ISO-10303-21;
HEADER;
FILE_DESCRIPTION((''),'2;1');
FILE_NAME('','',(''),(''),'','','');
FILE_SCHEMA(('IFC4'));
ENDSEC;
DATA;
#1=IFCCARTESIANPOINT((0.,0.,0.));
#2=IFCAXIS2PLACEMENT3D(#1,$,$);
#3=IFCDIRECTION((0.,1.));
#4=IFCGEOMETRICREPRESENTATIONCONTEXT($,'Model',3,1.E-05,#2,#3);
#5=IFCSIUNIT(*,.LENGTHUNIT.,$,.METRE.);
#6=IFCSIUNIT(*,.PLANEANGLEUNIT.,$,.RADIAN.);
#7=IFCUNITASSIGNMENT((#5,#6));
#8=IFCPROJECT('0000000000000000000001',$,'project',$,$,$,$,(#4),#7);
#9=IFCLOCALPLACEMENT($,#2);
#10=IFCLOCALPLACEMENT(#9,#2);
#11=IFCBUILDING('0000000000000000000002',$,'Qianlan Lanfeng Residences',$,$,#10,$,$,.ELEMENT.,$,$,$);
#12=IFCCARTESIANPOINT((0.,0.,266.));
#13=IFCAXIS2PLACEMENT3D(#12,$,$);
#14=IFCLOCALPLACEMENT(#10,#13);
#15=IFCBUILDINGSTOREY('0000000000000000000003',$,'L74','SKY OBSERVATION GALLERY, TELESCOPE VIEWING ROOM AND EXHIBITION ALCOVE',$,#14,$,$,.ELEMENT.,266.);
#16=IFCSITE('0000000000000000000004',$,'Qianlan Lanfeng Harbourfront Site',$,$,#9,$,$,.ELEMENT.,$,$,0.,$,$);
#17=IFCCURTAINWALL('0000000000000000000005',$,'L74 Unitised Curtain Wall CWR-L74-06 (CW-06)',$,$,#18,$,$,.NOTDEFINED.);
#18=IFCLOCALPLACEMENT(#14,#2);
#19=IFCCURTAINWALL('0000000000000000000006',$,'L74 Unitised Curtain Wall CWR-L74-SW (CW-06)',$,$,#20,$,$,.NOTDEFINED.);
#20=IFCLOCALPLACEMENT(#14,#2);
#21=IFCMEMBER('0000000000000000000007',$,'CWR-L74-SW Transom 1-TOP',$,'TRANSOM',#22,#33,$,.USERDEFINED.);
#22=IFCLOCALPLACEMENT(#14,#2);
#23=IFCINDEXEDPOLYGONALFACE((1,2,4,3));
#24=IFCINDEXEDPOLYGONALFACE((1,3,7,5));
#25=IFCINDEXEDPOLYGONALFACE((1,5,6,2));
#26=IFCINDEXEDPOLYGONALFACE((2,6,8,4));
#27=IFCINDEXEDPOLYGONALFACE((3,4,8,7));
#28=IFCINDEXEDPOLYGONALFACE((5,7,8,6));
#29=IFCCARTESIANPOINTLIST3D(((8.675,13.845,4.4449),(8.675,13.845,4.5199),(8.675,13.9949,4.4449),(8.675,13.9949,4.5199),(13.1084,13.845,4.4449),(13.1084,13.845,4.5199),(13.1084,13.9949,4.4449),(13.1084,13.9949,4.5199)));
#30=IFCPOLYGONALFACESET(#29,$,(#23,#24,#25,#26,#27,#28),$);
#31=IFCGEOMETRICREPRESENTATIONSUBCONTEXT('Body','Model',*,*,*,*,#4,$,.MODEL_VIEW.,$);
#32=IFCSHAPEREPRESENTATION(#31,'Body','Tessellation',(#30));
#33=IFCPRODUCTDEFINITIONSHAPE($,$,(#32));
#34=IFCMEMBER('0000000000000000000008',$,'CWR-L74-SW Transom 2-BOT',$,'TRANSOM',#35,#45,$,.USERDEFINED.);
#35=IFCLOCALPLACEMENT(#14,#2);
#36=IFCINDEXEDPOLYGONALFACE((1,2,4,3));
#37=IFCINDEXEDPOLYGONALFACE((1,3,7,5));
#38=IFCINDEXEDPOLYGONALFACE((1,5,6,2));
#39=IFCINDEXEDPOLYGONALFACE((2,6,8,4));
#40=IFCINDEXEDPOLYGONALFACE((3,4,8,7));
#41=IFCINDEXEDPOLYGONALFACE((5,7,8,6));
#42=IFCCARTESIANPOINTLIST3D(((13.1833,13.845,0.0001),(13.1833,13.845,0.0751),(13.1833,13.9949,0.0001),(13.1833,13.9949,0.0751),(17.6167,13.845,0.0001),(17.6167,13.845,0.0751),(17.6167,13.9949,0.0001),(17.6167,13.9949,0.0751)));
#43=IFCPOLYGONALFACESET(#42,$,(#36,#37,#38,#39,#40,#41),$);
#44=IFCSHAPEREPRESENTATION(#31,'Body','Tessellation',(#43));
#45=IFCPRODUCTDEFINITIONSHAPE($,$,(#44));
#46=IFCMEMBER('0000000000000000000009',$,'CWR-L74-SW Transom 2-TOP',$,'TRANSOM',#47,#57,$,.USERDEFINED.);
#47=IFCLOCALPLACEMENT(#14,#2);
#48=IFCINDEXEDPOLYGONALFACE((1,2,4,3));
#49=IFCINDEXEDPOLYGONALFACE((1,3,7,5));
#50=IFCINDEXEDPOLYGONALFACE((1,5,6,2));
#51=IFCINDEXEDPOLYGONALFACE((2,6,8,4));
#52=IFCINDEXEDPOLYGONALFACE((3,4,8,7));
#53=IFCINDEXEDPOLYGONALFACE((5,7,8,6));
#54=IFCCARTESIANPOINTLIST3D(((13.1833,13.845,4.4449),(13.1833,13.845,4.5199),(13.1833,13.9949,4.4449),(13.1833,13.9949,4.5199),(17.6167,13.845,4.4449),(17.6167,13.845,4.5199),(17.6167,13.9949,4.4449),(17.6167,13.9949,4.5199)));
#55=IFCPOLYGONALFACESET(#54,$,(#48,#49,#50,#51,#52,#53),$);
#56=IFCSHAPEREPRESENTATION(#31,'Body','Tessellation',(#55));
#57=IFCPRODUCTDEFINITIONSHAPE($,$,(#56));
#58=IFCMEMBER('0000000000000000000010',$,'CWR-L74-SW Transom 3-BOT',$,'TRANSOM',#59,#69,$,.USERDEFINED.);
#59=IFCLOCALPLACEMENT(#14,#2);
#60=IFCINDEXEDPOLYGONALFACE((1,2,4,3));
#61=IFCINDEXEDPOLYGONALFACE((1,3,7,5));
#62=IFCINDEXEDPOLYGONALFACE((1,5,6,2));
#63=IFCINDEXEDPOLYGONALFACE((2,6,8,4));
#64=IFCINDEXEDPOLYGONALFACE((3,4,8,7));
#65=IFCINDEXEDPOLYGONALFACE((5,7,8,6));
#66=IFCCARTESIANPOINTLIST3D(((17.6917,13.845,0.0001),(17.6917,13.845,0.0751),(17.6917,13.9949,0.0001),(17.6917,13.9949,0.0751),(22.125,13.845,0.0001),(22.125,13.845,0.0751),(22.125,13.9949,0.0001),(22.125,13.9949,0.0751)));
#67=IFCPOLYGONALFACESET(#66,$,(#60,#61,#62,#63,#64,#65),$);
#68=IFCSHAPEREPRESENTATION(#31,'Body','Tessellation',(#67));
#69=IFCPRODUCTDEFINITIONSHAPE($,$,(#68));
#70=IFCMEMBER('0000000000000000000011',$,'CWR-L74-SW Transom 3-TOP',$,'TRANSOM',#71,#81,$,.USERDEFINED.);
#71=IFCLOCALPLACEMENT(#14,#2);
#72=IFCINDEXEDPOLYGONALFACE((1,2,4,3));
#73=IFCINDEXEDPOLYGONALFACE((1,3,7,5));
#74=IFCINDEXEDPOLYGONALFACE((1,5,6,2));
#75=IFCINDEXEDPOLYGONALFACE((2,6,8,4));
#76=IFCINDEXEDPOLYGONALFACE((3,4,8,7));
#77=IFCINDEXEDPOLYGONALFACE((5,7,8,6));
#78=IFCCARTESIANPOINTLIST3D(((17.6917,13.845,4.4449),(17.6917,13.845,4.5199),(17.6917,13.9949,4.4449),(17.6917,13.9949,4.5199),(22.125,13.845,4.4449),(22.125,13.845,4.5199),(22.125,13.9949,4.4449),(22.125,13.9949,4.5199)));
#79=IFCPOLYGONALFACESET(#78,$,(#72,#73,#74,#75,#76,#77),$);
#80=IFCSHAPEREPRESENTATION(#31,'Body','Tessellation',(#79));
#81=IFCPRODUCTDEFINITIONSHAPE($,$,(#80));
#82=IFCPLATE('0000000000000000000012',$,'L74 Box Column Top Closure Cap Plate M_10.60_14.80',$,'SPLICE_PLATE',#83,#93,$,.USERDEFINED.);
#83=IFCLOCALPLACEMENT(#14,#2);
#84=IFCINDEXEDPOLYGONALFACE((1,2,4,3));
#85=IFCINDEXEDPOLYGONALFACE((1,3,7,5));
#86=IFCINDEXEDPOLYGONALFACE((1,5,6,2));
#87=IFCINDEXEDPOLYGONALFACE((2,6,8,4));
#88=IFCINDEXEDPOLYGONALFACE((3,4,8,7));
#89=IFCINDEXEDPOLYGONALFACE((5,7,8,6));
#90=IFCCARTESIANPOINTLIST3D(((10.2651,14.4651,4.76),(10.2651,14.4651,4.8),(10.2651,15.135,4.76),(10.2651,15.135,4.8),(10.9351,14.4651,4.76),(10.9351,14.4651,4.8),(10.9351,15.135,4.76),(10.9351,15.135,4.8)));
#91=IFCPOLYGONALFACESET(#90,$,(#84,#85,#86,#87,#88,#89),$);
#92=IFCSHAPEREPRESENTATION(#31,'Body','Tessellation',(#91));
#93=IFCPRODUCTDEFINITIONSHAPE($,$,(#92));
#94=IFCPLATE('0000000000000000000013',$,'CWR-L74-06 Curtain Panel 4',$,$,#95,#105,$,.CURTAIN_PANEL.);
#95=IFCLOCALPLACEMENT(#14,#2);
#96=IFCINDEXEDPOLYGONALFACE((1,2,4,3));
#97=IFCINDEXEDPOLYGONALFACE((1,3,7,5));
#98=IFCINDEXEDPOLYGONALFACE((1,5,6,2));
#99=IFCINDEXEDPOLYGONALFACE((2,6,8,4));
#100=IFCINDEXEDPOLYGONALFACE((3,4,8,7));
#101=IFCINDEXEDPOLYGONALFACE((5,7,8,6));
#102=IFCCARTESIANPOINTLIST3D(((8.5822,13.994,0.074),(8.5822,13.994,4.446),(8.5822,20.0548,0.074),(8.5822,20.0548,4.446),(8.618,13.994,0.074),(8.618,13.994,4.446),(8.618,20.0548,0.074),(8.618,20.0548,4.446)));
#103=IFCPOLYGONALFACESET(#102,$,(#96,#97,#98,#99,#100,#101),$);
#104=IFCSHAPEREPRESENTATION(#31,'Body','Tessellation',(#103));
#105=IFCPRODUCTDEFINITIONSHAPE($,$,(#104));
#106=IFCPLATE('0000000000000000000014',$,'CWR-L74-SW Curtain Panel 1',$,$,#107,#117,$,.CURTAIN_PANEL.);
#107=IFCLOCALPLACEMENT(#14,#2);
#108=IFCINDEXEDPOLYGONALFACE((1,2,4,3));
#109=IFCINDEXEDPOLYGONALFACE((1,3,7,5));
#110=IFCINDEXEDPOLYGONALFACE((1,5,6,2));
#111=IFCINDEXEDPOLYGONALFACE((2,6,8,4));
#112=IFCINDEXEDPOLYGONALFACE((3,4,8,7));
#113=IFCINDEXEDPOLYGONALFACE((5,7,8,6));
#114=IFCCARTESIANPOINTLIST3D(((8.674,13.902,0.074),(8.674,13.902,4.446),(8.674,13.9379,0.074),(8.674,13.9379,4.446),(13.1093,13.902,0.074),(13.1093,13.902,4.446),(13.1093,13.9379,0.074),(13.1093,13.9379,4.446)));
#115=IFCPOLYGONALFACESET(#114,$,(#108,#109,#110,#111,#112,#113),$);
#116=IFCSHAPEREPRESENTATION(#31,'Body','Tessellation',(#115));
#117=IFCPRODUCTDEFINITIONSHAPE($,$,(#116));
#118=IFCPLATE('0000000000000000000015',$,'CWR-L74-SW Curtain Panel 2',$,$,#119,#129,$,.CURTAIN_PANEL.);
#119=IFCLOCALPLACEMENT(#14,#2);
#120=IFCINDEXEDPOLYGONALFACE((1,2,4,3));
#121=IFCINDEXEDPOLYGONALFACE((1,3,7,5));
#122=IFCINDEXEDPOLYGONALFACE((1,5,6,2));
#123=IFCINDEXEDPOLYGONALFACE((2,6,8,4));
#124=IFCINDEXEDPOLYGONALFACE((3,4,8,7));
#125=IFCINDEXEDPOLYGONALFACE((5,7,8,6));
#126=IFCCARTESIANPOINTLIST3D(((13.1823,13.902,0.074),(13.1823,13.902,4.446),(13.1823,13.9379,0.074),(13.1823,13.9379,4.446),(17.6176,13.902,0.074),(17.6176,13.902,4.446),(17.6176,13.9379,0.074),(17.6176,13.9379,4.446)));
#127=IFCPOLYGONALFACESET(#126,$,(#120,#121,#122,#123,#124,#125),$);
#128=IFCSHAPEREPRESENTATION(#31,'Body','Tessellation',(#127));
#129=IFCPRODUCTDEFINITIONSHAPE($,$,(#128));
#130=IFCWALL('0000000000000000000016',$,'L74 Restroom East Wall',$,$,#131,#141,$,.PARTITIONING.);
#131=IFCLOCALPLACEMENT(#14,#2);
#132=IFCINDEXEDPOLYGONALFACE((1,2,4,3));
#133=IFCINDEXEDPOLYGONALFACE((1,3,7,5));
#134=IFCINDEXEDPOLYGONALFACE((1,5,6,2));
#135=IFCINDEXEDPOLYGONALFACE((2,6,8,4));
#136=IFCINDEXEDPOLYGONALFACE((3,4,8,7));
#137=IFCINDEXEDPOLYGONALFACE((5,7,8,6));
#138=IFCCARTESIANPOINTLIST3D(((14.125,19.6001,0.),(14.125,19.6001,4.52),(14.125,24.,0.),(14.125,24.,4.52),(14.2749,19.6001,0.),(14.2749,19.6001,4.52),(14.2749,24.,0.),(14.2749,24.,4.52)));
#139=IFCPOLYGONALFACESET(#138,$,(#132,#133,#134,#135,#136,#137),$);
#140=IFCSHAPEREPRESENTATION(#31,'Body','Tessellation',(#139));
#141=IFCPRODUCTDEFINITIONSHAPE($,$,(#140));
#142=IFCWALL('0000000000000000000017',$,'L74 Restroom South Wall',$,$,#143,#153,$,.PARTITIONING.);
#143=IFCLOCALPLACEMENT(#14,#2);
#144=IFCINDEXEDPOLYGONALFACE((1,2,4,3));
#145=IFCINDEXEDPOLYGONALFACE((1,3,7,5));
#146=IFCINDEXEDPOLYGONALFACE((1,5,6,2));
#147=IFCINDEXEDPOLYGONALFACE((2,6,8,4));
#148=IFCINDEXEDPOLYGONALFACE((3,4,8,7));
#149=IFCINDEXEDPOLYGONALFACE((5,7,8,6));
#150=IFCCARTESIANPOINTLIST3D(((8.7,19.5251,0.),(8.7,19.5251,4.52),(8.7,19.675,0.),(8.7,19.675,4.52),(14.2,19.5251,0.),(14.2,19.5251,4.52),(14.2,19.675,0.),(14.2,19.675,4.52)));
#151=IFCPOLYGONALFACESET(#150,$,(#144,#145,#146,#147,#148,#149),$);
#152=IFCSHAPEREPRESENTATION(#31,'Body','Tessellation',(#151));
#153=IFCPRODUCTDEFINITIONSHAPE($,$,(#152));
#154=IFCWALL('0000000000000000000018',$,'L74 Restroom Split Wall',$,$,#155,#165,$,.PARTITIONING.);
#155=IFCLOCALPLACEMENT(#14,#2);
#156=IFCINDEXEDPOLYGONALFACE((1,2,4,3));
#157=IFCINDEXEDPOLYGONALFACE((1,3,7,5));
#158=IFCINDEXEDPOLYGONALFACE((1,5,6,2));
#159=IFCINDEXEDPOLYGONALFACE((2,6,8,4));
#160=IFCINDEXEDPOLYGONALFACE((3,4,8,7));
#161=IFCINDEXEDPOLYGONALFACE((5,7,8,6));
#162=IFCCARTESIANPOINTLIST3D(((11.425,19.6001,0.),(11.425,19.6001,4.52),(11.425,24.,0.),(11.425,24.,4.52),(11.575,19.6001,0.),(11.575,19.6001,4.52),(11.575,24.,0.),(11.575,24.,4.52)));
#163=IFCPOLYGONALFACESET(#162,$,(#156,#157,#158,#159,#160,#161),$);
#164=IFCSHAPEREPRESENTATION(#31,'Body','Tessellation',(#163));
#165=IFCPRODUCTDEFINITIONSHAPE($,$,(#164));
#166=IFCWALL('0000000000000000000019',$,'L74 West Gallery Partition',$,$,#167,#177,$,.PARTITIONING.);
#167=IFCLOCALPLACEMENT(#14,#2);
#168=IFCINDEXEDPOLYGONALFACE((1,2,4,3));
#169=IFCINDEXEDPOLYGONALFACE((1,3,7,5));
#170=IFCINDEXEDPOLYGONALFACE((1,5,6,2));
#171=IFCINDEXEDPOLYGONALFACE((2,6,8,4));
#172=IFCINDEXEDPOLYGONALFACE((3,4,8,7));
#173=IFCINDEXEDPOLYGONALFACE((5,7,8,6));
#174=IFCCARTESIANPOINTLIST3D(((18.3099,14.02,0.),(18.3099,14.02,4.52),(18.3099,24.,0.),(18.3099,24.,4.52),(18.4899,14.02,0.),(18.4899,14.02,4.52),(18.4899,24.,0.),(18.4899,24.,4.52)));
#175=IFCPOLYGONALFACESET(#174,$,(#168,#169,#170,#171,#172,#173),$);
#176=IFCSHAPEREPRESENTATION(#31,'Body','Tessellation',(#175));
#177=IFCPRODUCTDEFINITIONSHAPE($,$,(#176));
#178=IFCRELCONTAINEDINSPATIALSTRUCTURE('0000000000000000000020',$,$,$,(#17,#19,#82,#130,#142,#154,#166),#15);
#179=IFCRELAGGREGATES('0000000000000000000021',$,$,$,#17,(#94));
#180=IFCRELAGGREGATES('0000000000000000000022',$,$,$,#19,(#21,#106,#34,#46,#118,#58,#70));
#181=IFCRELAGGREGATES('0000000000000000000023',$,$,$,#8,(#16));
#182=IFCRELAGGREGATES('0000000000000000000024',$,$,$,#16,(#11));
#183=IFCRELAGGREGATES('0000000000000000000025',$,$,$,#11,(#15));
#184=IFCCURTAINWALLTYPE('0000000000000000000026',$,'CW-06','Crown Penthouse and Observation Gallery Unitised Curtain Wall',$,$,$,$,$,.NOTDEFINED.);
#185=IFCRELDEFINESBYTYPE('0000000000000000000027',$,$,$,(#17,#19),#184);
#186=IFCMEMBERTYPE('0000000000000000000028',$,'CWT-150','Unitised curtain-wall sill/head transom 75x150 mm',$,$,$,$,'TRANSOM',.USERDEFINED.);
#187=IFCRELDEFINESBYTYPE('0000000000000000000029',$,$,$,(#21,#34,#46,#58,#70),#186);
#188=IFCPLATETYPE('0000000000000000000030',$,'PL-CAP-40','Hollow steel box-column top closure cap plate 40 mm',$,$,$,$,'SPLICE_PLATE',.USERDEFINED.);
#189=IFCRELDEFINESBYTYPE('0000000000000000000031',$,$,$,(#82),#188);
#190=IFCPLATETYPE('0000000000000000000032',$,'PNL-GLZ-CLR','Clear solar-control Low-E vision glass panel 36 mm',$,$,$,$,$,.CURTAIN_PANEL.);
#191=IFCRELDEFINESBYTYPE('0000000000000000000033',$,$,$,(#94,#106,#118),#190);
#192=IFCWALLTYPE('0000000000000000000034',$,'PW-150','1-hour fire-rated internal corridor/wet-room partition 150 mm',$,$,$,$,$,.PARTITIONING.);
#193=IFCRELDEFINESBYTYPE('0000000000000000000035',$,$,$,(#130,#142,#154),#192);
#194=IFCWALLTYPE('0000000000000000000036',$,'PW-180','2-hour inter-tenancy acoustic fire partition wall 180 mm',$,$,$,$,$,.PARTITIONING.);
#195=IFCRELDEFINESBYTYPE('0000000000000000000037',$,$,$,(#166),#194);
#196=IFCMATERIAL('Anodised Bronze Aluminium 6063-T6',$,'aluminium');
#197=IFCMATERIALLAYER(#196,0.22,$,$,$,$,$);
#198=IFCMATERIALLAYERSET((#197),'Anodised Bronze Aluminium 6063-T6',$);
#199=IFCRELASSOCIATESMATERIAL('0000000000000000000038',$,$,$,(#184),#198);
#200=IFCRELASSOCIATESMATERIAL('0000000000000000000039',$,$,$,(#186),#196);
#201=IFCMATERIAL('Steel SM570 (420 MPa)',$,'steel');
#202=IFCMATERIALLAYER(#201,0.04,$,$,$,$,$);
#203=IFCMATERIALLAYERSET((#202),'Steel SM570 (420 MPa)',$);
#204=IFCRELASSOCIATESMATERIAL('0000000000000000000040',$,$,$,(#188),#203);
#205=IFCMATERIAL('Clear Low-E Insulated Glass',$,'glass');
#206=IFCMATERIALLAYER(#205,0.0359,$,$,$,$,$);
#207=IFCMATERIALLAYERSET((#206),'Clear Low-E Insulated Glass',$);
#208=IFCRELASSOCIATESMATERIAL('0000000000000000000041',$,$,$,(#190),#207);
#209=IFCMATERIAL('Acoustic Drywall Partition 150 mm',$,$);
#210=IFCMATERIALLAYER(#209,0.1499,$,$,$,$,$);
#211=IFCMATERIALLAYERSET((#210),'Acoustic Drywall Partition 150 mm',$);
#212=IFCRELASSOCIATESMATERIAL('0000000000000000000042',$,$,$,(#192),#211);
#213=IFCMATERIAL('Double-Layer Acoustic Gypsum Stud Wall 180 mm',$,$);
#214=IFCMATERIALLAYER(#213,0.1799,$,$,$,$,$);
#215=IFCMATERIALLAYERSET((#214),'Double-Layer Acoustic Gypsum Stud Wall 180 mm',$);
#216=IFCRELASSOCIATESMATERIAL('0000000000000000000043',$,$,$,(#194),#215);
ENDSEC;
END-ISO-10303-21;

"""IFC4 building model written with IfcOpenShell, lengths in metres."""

from ifc_helpers import new_model, si_unit, direction, frame, frame_2d, origin, origin_2d, place, context, subcontext, project, spatial, rectangle, extrude, source, transform, mapped, material, layer, layer_set, material_profile, profile_set, type_object, element, aggregate, save


model = new_model("IFC4")

# Units and contexts
model_context = context("Model", 3, precision=1e-05, world=origin(), true_north=direction((0.0, 1.0)))
body_context = subcontext(model_context, "Body", "Model", "MODEL_VIEW")
ifc_project = project(units=[si_unit("LENGTHUNIT", "METRE"), si_unit("PLANEANGLEUNIT", "RADIAN")], contexts=[model_context])

# Site, building, storey
site_placement = place(None, origin())
site = spatial("IfcSite", under=ifc_project, at=site_placement, Name="Qianlan Lanfeng Harbourfront Site", CompositionType="ELEMENT", RefElevation=0.0)
building_placement = place(site_placement, origin())
building = spatial("IfcBuilding", under=site, at=building_placement, Name="Qianlan Lanfeng Residences", CompositionType="ELEMENT")
storey_placement = place(building_placement, frame((0.0, 0.0, 266.0)))
storey = spatial("IfcBuildingStorey", under=building, at=storey_placement, Name="L74", Description="SKY OBSERVATION GALLERY, TELESCOPE VIEWING ROOM AND EXHIBITION ALCOVE", CompositionType="ELEMENT", Elevation=266.0)

# Curtain wall
ifc_material_1 = material(Name="Anodised Bronze Aluminium 6063-T6", Category="aluminium")
ifc_layer_1 = layer(ifc_material_1, 0.22)
ifc_layer_set_1 = layer_set([ifc_layer_1], Name="Anodised Bronze Aluminium 6063-T6")
curtain_wall_type = type_object("IfcCurtainWallType", Name="CW-06", Description="Crown Penthouse and Observation Gallery Unitised Curtain Wall", PredefinedType="NOTDEFINED", material=ifc_layer_set_1)
curtain_wall_1_placement = place(storey_placement, origin())
curtain_wall_1 = element("IfcCurtainWall", 1, at=curtain_wall_1_placement, inside=storey, type_object=curtain_wall_type, Name="L74 Unitised Curtain Wall CWR-L74-06 (CW-06)", PredefinedType="NOTDEFINED")

# Curtain wall
curtain_wall_2_placement = place(storey_placement, origin())
curtain_wall_2 = element("IfcCurtainWall", 2, at=curtain_wall_2_placement, inside=storey, type_object=curtain_wall_type, Name="L74 Unitised Curtain Wall CWR-L74-SW (CW-06)", PredefinedType="NOTDEFINED")

# Members
ifc_material_profile_1 = material_profile(ifc_material_1, rectangle(XDim=0.075, YDim=0.1499, at=origin_2d()), Name="ALU TRANSOM 75x150")
ifc_profile_set_1 = profile_set([ifc_material_profile_1], Name="Anodised Bronze Aluminium 6063-T6")
member_type_1 = type_object("IfcMemberType", Name="CWT-150", Description="Unitised curtain-wall sill/head transom 75x150 mm", ElementType="TRANSOM", PredefinedType="USERDEFINED", material=ifc_profile_set_1)
shared_shape_1 = source(origin(), body_context, "Body", "SweptSolid", [
    extrude(rectangle(XDim=0.075, YDim=0.1499, at=origin_2d()), origin(), (0.0, 0.0, 1.0), 4.4333),
])
member_1_placement = place(storey_placement, frame((8.675, 13.9199, 4.4824), z_axis=(1.0, 0.0, 0.0), x_axis=(0.0, 0.0, 1.0)))
member_1 = element("IfcMember", 3, at=member_1_placement, type_object=member_type_1, Name="CWR-L74-SW Transom 1-TOP", ObjectType="TRANSOM", PredefinedType="USERDEFINED", context=body_context, shape_type="MappedRepresentation", body=[
    mapped(shared_shape_1, transform((0.0, 0.0, 0.0), scale=1.0)),
])
member_2_placement = place(storey_placement, frame((13.1833, 13.9199, 0.0376), z_axis=(1.0, 0.0, 0.0), x_axis=(0.0, 0.0, 1.0)))
member_2 = element("IfcMember", 4, at=member_2_placement, type_object=member_type_1, Name="CWR-L74-SW Transom 2-BOT", ObjectType="TRANSOM", PredefinedType="USERDEFINED", context=body_context, shape_type="MappedRepresentation", body=[
    mapped(shared_shape_1, transform((0.0, 0.0, 0.0), scale=1.0)),
])
member_3_placement = place(storey_placement, frame((13.1833, 13.9199, 4.4824), z_axis=(1.0, 0.0, 0.0), x_axis=(0.0, 0.0, 1.0)))
member_3 = element("IfcMember", 5, at=member_3_placement, type_object=member_type_1, Name="CWR-L74-SW Transom 2-TOP", ObjectType="TRANSOM", PredefinedType="USERDEFINED", context=body_context, shape_type="MappedRepresentation", body=[
    mapped(shared_shape_1, transform((0.0, 0.0, 0.0), scale=1.0)),
])
member_4_placement = place(storey_placement, frame((17.6917, 13.9199, 0.0376), z_axis=(1.0, 0.0, 0.0), x_axis=(0.0, 0.0, 1.0)))
member_4 = element("IfcMember", 6, at=member_4_placement, type_object=member_type_1, Name="CWR-L74-SW Transom 3-BOT", ObjectType="TRANSOM", PredefinedType="USERDEFINED", context=body_context, shape_type="MappedRepresentation", body=[
    mapped(shared_shape_1, transform((0.0, 0.0, 0.0), scale=1.0)),
])
member_5_placement = place(storey_placement, frame((17.6917, 13.9199, 4.4824), z_axis=(1.0, 0.0, 0.0), x_axis=(0.0, 0.0, 1.0)))
member_5 = element("IfcMember", 7, at=member_5_placement, type_object=member_type_1, Name="CWR-L74-SW Transom 3-TOP", ObjectType="TRANSOM", PredefinedType="USERDEFINED", context=body_context, shape_type="MappedRepresentation", body=[
    mapped(shared_shape_1, transform((0.0, 0.0, 0.0), scale=1.0)),
])

# Plates
ifc_material_2 = material(Name="Steel SM570 (420 MPa)", Category="steel")
ifc_layer_2 = layer(ifc_material_2, 0.04)
ifc_layer_set_2 = layer_set([ifc_layer_2], Name="Steel SM570 (420 MPa)")
plate_type_1 = type_object("IfcPlateType", Name="PL-CAP-40", Description="Hollow steel box-column top closure cap plate 40 mm", ElementType="SPLICE_PLATE", PredefinedType="USERDEFINED", material=ifc_layer_set_2)
shared_shape_2 = source(origin(), body_context, "Body", "SweptSolid", [
    extrude(rectangle(XDim=0.6699, YDim=0.6699, at=origin_2d()), origin(), (0.0, 0.0, 1.0), 0.04),
])
plate_1_placement = place(storey_placement, frame((10.6001, 14.8, 4.76), z_axis=(0.0, 0.0, 1.0), x_axis=(1.0, 0.0, 0.0)))
element("IfcPlate", 8, at=plate_1_placement, inside=storey, type_object=plate_type_1, Name="L74 Box Column Top Closure Cap Plate M_10.60_14.80", ObjectType="SPLICE_PLATE", PredefinedType="USERDEFINED", context=body_context, shape_type="MappedRepresentation", body=[
    mapped(shared_shape_2, transform((0.0, 0.0, 0.0), scale=1.0)),
])
ifc_material_3 = material(Name="Clear Low-E Insulated Glass", Category="glass")
ifc_layer_3 = layer(ifc_material_3, 0.0359)
ifc_layer_set_3 = layer_set([ifc_layer_3], Name="Clear Low-E Insulated Glass")
plate_type_2 = type_object("IfcPlateType", Name="PNL-GLZ-CLR", Description="Clear solar-control Low-E vision glass panel 36 mm", PredefinedType="CURTAIN_PANEL", material=ifc_layer_set_3)
shared_shape_3 = source(origin(), body_context, "Body", "SweptSolid", [
    extrude(rectangle(XDim=6.0608, YDim=0.0359, at=origin_2d()), origin(), (0.0, 0.0, 1.0), 4.3721),
])
plate_2_placement = place(storey_placement, frame((8.6001, 17.0244, 0.074), z_axis=(0.0, 0.0, 1.0), x_axis=(0.0, -1.0, 0.0)))
plate_2 = element("IfcPlate", 9, at=plate_2_placement, type_object=plate_type_2, Name="CWR-L74-06 Curtain Panel 4", PredefinedType="CURTAIN_PANEL", context=body_context, shape_type="MappedRepresentation", body=[
    mapped(shared_shape_3, transform((0.0, 0.0, 0.0), scale=1.0)),
])
aggregate(curtain_wall_1, [plate_2])
shared_shape_4 = source(origin(), body_context, "Body", "SweptSolid", [
    extrude(rectangle(XDim=4.4353, YDim=0.0359, at=origin_2d()), origin(), (0.0, 0.0, 1.0), 4.3721),
])
plate_3_placement = place(storey_placement, frame((10.8916, 13.9199, 0.074), z_axis=(0.0, 0.0, 1.0), x_axis=(1.0, 0.0, 0.0)))
plate_3 = element("IfcPlate", 10, at=plate_3_placement, type_object=plate_type_2, Name="CWR-L74-SW Curtain Panel 1", PredefinedType="CURTAIN_PANEL", context=body_context, shape_type="MappedRepresentation", body=[
    mapped(shared_shape_4, transform((0.0, 0.0, 0.0), scale=1.0)),
])
plate_4_placement = place(storey_placement, frame((15.3999, 13.9199, 0.074), z_axis=(0.0, 0.0, 1.0), x_axis=(1.0, 0.0, 0.0)))
plate_4 = element("IfcPlate", 11, at=plate_4_placement, type_object=plate_type_2, Name="CWR-L74-SW Curtain Panel 2", PredefinedType="CURTAIN_PANEL", context=body_context, shape_type="MappedRepresentation", body=[
    mapped(shared_shape_4, transform((0.0, 0.0, 0.0), scale=1.0)),
])
aggregate(curtain_wall_2, [member_1, plate_3, member_2, member_3, plate_4, member_4, member_5])

# Walls
ifc_material_4 = material(Name="Acoustic Drywall Partition 150 mm")
ifc_layer_4 = layer(ifc_material_4, 0.1499)
ifc_layer_set_4 = layer_set([ifc_layer_4], Name="Acoustic Drywall Partition 150 mm")
wall_type_1 = type_object("IfcWallType", Name="PW-150", Description="1-hour fire-rated internal corridor/wet-room partition 150 mm", PredefinedType="PARTITIONING", material=ifc_layer_set_4)
wall_1_placement = place(storey_placement, frame((14.2, 19.6001, 0.0), z_axis=(0.0, 0.0, 1.0), x_axis=(0.0, 1.0, 0.0)))
element("IfcWall", 12, at=wall_1_placement, inside=storey, type_object=wall_type_1, Name="L74 Restroom East Wall", PredefinedType="PARTITIONING", context=body_context, shape_type="SweptSolid", body=[
    extrude(rectangle(XDim=4.3999, YDim=0.1499, at=frame_2d((2.2, 0.0))), origin(), (0.0, 0.0, 1.0), 4.52),
])
wall_2_placement = place(storey_placement, frame((8.7, 19.6001, 0.0), z_axis=(0.0, 0.0, 1.0), x_axis=(1.0, 0.0, 0.0)))
element("IfcWall", 13, at=wall_2_placement, inside=storey, type_object=wall_type_1, Name="L74 Restroom South Wall", PredefinedType="PARTITIONING", context=body_context, shape_type="SweptSolid", body=[
    extrude(rectangle(XDim=5.5, YDim=0.1499, at=frame_2d((2.75, 0.0))), origin(), (0.0, 0.0, 1.0), 4.52),
])
wall_3_placement = place(storey_placement, frame((11.5, 19.6001, 0.0), z_axis=(0.0, 0.0, 1.0), x_axis=(0.0, 1.0, 0.0)))
element("IfcWall", 14, at=wall_3_placement, inside=storey, type_object=wall_type_1, Name="L74 Restroom Split Wall", PredefinedType="PARTITIONING", context=body_context, shape_type="SweptSolid", body=[
    extrude(rectangle(XDim=4.3999, YDim=0.1499, at=frame_2d((2.2, 0.0))), origin(), (0.0, 0.0, 1.0), 4.52),
])
ifc_material_5 = material(Name="Double-Layer Acoustic Gypsum Stud Wall 180 mm")
ifc_layer_5 = layer(ifc_material_5, 0.1799)
ifc_layer_set_5 = layer_set([ifc_layer_5], Name="Double-Layer Acoustic Gypsum Stud Wall 180 mm")
wall_type_2 = type_object("IfcWallType", Name="PW-180", Description="2-hour inter-tenancy acoustic fire partition wall 180 mm", PredefinedType="PARTITIONING", material=ifc_layer_set_5)
wall_4_placement = place(storey_placement, frame((18.3999, 14.02, 0.0), z_axis=(0.0, 0.0, 1.0), x_axis=(0.0, 1.0, 0.0)))
element("IfcWall", 15, at=wall_4_placement, inside=storey, type_object=wall_type_2, Name="L74 West Gallery Partition", PredefinedType="PARTITIONING", context=body_context, shape_type="SweptSolid", body=[
    extrude(rectangle(XDim=9.98, YDim=0.1799, at=frame_2d((4.99, 0.0))), origin(), (0.0, 0.0, 1.0), 4.52),
])

save(model, "model.ifc")
